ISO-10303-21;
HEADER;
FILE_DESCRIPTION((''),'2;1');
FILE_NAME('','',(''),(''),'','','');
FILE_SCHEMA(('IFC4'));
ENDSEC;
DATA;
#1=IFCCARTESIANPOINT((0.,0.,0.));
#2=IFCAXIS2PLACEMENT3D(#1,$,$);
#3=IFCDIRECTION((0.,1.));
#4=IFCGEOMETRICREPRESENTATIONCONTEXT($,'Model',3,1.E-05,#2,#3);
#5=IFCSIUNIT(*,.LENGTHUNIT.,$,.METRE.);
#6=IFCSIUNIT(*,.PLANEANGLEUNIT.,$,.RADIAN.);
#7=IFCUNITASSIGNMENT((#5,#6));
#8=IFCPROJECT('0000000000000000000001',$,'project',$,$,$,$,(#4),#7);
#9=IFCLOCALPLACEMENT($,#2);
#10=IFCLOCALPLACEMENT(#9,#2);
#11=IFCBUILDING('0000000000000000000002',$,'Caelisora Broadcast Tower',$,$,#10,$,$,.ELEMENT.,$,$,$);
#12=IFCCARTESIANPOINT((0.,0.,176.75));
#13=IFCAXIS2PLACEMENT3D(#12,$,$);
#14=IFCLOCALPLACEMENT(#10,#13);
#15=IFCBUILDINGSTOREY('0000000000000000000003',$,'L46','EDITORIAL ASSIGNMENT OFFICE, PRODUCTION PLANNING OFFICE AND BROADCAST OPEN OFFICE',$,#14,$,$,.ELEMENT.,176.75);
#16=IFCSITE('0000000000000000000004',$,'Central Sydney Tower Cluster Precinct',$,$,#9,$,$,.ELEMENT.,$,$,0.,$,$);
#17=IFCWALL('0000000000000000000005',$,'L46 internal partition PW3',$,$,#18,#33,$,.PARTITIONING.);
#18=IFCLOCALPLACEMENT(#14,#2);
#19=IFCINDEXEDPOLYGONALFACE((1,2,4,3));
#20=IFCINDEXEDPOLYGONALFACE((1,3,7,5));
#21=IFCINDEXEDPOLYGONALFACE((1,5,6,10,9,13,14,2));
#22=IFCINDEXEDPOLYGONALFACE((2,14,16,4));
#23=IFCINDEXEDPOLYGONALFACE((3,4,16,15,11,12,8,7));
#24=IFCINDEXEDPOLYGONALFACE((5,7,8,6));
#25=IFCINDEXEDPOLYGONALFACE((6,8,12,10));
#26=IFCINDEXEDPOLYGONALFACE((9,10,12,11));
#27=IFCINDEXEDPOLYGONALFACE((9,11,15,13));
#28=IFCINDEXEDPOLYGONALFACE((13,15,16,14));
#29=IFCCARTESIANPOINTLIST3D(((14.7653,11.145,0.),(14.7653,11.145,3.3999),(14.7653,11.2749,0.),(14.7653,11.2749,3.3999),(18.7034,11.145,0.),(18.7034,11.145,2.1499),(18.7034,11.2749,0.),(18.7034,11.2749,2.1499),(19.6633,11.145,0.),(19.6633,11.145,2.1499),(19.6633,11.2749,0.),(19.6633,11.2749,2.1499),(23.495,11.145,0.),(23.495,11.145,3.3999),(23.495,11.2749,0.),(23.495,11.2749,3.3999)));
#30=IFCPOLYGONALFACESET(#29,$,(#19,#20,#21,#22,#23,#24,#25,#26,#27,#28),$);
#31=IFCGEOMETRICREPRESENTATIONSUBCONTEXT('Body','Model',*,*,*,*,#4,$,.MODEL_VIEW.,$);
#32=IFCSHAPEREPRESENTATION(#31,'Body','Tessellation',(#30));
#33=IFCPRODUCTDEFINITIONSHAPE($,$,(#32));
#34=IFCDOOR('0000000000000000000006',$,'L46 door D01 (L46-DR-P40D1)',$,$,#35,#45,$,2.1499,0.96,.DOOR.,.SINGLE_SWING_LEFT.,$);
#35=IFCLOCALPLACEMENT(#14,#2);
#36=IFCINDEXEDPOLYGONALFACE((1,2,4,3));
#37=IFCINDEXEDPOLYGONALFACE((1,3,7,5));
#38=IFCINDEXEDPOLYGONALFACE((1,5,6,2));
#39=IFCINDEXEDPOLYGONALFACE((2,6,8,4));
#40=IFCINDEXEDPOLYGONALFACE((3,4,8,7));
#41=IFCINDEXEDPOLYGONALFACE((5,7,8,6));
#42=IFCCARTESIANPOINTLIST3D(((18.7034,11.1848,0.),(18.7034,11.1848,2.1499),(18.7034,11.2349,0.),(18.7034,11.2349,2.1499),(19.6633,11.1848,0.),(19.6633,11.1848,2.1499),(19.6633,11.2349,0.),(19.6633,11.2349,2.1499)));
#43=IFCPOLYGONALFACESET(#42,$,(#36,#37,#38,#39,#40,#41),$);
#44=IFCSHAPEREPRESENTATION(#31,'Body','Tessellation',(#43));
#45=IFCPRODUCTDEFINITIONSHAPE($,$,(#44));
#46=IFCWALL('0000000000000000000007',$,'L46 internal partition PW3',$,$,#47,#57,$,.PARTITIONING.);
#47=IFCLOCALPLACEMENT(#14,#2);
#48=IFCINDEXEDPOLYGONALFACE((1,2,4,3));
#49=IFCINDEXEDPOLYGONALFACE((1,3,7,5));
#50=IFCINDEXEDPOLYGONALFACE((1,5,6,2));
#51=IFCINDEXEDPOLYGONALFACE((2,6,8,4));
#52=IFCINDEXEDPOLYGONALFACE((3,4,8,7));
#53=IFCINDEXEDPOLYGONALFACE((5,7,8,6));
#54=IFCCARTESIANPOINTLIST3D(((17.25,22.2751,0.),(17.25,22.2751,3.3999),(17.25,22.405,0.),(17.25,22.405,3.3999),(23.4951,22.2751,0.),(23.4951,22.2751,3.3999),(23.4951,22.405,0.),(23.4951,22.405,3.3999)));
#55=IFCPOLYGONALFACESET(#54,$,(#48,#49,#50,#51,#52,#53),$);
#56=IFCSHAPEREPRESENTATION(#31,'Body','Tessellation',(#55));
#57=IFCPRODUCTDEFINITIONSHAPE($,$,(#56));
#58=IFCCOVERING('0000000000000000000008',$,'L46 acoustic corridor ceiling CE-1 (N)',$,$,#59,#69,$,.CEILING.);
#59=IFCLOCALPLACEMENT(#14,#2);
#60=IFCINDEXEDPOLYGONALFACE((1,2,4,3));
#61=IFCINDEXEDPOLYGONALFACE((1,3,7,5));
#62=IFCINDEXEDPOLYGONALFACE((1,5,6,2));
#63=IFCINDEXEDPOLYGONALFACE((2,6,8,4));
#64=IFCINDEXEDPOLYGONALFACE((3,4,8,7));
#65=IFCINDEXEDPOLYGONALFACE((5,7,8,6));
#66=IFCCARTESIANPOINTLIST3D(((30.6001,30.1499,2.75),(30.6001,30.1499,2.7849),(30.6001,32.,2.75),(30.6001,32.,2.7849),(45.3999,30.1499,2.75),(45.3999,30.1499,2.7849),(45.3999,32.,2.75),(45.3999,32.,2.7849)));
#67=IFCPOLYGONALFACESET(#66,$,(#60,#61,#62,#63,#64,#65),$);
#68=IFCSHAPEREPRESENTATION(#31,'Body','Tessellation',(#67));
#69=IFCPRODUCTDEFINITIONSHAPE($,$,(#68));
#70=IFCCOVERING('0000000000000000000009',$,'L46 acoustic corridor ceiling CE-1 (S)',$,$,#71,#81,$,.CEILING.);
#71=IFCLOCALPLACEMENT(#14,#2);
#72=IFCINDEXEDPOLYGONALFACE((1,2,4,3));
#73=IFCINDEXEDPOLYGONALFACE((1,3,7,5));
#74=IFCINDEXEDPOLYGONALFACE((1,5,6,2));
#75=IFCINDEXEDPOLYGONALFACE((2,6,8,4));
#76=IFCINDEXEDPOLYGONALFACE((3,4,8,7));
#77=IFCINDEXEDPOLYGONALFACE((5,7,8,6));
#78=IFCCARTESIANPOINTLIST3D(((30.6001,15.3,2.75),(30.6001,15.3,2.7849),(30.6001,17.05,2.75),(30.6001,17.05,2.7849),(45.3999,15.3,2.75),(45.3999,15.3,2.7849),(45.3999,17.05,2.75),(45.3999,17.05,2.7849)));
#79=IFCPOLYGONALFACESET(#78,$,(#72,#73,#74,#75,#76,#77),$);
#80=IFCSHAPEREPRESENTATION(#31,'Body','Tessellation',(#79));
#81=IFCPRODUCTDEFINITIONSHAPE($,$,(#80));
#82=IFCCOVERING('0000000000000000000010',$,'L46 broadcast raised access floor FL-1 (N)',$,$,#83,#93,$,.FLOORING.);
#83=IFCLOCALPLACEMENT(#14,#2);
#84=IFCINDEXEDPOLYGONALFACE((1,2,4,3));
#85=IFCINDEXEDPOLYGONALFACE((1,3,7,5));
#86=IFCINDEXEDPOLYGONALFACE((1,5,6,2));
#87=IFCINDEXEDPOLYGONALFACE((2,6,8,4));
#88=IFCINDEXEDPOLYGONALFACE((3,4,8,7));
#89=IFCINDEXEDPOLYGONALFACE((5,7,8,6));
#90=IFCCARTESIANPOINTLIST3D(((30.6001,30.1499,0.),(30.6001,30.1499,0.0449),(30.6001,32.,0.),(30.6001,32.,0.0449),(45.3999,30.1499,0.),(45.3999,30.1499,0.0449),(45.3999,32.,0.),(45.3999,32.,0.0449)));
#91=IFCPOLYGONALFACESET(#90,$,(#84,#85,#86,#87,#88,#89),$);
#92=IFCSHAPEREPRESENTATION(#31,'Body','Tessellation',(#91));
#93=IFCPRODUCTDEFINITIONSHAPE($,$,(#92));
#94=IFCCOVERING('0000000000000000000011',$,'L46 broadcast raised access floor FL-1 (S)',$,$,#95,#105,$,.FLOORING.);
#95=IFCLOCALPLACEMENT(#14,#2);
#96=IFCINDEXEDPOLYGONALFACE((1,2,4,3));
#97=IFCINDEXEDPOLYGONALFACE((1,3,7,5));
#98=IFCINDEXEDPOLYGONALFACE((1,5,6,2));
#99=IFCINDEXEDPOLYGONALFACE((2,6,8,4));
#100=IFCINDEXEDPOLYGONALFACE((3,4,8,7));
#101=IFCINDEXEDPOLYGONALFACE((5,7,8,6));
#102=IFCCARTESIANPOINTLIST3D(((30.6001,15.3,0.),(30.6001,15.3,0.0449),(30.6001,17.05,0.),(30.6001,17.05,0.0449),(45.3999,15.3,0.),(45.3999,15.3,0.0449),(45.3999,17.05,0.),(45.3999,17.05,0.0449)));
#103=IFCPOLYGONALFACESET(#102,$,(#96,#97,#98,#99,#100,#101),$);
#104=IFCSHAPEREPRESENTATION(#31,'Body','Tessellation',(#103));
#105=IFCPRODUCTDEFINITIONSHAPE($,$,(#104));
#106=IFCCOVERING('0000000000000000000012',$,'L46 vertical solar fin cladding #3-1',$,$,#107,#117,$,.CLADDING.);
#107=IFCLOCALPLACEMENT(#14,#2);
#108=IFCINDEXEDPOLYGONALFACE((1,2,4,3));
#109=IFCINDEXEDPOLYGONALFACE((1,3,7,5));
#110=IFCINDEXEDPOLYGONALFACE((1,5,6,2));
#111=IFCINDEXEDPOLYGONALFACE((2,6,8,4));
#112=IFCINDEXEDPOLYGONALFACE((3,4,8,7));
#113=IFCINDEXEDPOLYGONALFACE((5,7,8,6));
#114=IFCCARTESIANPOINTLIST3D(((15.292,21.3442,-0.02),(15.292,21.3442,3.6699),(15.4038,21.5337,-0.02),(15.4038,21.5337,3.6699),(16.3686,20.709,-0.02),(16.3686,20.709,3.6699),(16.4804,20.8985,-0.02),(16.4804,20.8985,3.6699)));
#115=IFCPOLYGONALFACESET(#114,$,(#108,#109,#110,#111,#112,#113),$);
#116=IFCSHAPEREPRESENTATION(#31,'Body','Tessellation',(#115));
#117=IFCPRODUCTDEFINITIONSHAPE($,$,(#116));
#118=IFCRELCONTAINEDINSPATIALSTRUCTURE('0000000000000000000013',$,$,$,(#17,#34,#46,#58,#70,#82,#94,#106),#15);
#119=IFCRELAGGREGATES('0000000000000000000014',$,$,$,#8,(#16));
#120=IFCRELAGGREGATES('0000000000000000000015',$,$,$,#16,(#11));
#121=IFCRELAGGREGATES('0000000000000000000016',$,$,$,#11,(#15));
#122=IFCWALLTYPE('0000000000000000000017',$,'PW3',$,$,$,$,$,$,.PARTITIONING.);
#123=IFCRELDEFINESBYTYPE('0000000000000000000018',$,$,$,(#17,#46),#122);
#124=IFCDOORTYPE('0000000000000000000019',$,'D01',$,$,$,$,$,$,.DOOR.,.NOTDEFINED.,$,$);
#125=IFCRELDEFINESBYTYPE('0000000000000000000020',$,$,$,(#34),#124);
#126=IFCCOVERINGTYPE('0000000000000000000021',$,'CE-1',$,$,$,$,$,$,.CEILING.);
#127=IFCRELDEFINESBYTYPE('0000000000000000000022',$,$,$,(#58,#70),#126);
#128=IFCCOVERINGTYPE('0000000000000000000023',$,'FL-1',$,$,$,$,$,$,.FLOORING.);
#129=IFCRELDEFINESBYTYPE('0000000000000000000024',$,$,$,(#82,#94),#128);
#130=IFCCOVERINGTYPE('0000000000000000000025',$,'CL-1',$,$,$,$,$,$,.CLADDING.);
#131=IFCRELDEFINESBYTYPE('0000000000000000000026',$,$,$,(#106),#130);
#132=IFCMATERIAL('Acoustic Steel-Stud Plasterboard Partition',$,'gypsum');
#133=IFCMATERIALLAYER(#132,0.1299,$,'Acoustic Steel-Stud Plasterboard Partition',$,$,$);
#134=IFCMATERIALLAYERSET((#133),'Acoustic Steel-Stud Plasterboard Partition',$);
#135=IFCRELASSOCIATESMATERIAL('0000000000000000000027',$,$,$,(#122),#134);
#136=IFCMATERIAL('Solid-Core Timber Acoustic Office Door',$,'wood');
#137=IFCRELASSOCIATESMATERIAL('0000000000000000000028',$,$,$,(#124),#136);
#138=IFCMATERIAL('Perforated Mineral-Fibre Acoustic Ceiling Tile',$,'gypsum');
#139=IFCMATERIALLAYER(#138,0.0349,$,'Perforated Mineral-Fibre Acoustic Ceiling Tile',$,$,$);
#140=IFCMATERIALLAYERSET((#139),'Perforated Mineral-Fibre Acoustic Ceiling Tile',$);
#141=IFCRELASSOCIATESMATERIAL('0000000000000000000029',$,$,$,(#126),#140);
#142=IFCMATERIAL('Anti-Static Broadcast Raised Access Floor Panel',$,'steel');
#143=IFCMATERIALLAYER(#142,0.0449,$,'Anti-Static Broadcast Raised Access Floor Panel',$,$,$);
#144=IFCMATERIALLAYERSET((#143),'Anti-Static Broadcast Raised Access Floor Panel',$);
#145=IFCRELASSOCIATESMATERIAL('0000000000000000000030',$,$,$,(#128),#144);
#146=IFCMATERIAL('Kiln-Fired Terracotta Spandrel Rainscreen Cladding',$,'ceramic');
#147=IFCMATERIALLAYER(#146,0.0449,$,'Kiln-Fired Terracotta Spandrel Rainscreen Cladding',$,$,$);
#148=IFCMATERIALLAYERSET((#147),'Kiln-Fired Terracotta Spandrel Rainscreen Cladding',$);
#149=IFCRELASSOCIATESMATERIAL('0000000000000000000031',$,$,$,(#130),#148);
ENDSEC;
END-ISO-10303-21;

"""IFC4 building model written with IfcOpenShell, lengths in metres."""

from ifc_helpers import new_model, si_unit, direction, frame, frame_2d, origin, origin_2d, place, context, subcontext, project, spatial, polyline, rectangle, outline, extrude, source, transform, mapped, material, layer, layer_set, type_object, type_shapes, element, fill, save


model = new_model("IFC4")

# Units and contexts
model_context = context("Model", 3, precision=1e-05, world=origin(), true_north=direction((0.0, 1.0)))
body_context = subcontext(model_context, "Body", "Model", "MODEL_VIEW")
ifc_project = project(units=[si_unit("LENGTHUNIT", "METRE"), si_unit("PLANEANGLEUNIT", "RADIAN")], contexts=[model_context])

# Site, building, storey
site_placement = place(None, origin())
site = spatial("IfcSite", under=ifc_project, at=site_placement, Name="Central Sydney Tower Cluster Precinct", CompositionType="ELEMENT", RefElevation=0.0)
building_placement = place(site_placement, origin())
building = spatial("IfcBuilding", under=site, at=building_placement, Name="Caelisora Broadcast Tower", CompositionType="ELEMENT")
storey_placement = place(building_placement, frame((0.0, 0.0, 176.75)))
storey = spatial("IfcBuildingStorey", under=building, at=storey_placement, Name="L46", Description="EDITORIAL ASSIGNMENT OFFICE, PRODUCTION PLANNING OFFICE AND BROADCAST OPEN OFFICE", CompositionType="ELEMENT", Elevation=176.75)

# Shared definitions
ifc_material_1 = material(Name="Acoustic Steel-Stud Plasterboard Partition", Category="gypsum")
ifc_layer_1 = layer(ifc_material_1, 0.1299, Name="Acoustic Steel-Stud Plasterboard Partition")
ifc_layer_set_1 = layer_set([ifc_layer_1], Name="Acoustic Steel-Stud Plasterboard Partition")
wall_type_1 = type_object("IfcWallType", Name="PW3", PredefinedType="PARTITIONING", material=ifc_layer_set_1)

# Wall, opening, door
wall_1_placement = place(storey_placement, frame((14.7654, 11.21, 0.0), z_axis=(0.0, 0.0, 1.0), x_axis=(1.0, 0.0, 0.0)))
wall_1 = element("IfcWall", 1, at=wall_1_placement, inside=storey, type_object=wall_type_1, Name="L46 internal partition PW3", PredefinedType="PARTITIONING", context=body_context, shape_type="SweptSolid", body=[
    extrude(rectangle(XDim=8.7297, YDim=0.1299, at=frame_2d((4.3647, 0.0))), origin(), (0.0, 0.0, 1.0), 3.3999),
])
opening_1_placement = place(wall_1_placement, frame((3.938, 0.0, 0.0)))
opening_1 = element("IfcOpeningElement", 2, at=opening_1_placement, cuts=wall_1, PredefinedType="OPENING", context=body_context, shape_type="SweptSolid", body=[
    extrude(rectangle(XDim=0.96, YDim=2.1499, at=frame_2d((0.48, 1.075))), frame((0.0, 0.0769, 0.0), z_axis=(0.0, -1.0, 0.0), x_axis=(1.0, 0.0, 0.0)), (0.0, 0.0, 1.0), 0.1538),
])
ifc_material_2 = material(Name="Solid-Core Timber Acoustic Office Door", Category="wood")
door_type = type_object("IfcDoorType", Name="D01", OperationType="NOTDEFINED", PredefinedType="DOOR", material=ifc_material_2)
door_placement = place(opening_1_placement, origin())
door = element("IfcDoor", 3, at=door_placement, inside=storey, type_object=door_type, Name="L46 door D01 (L46-DR-P40D1)", OperationType="SINGLE_SWING_LEFT", OverallHeight=2.1499, OverallWidth=0.96, PredefinedType="DOOR", context=body_context, shape_type="SweptSolid", body=[
    extrude(rectangle(XDim=0.96, YDim=2.1499, at=frame_2d((0.48, 1.075))), frame((0.0, 0.0249, 0.0), z_axis=(0.0, -1.0, 0.0), x_axis=(1.0, 0.0, 0.0)), (0.0, 0.0, 1.0), 0.05),
])
fill(opening_1, door)

# Wall
wall_2_placement = place(storey_placement, frame((17.25, 22.3401, 0.0), z_axis=(0.0, 0.0, 1.0), x_axis=(1.0, 0.0, 0.0)))
element("IfcWall", 4, at=wall_2_placement, inside=storey, type_object=wall_type_1, Name="L46 internal partition PW3", PredefinedType="PARTITIONING", context=body_context, shape_type="SweptSolid", body=[
    extrude(rectangle(XDim=6.2451, YDim=0.1299, at=frame_2d((3.1226, 0.0))), origin(), (0.0, 0.0, 1.0), 3.3999),
])

# Coverings
ifc_material_3 = material(Name="Perforated Mineral-Fibre Acoustic Ceiling Tile", Category="gypsum")
ifc_layer_2 = layer(ifc_material_3, 0.0349, Name="Perforated Mineral-Fibre Acoustic Ceiling Tile")
ifc_layer_set_2 = layer_set([ifc_layer_2], Name="Perforated Mineral-Fibre Acoustic Ceiling Tile")
covering_type_1 = type_object("IfcCoveringType", Name="CE-1", PredefinedType="CEILING", material=ifc_layer_set_2)
covering_1_placement = place(storey_placement, frame((0.0, 0.0, 2.75)))
element("IfcCovering", 5, at=covering_1_placement, inside=storey, type_object=covering_type_1, Name="L46 acoustic corridor ceiling CE-1 (N)", PredefinedType="CEILING", context=body_context, shape_type="SweptSolid", body=[
    extrude(outline(polyline([(30.6001, 30.1499), (45.3999, 30.1499), (45.3999, 32.0), (30.6001, 32.0), (30.6001, 30.1499)])), origin(), (0.0, 0.0, 1.0), 0.0349),
])
covering_2_placement = place(storey_placement, frame((0.0, 0.0, 2.75)))
element("IfcCovering", 6, at=covering_2_placement, inside=storey, type_object=covering_type_1, Name="L46 acoustic corridor ceiling CE-1 (S)", PredefinedType="CEILING", context=body_context, shape_type="SweptSolid", body=[
    extrude(outline(polyline([(30.6001, 15.3), (45.3999, 15.3), (45.3999, 17.05), (30.6001, 17.05), (30.6001, 15.3)])), origin(), (0.0, 0.0, 1.0), 0.0349),
])
ifc_material_4 = material(Name="Anti-Static Broadcast Raised Access Floor Panel", Category="steel")
ifc_layer_3 = layer(ifc_material_4, 0.0449, Name="Anti-Static Broadcast Raised Access Floor Panel")
ifc_layer_set_3 = layer_set([ifc_layer_3], Name="Anti-Static Broadcast Raised Access Floor Panel")
covering_type_2 = type_object("IfcCoveringType", Name="FL-1", PredefinedType="FLOORING", material=ifc_layer_set_3)
covering_3_placement = place(storey_placement, origin())
element("IfcCovering", 7, at=covering_3_placement, inside=storey, type_object=covering_type_2, Name="L46 broadcast raised access floor FL-1 (N)", PredefinedType="FLOORING", context=body_context, shape_type="SweptSolid", body=[
    extrude(outline(polyline([(30.6001, 30.1499), (45.3999, 30.1499), (45.3999, 32.0), (30.6001, 32.0), (30.6001, 30.1499)])), origin(), (0.0, 0.0, 1.0), 0.0449),
])
covering_4_placement = place(storey_placement, origin())
element("IfcCovering", 8, at=covering_4_placement, inside=storey, type_object=covering_type_2, Name="L46 broadcast raised access floor FL-1 (S)", PredefinedType="FLOORING", context=body_context, shape_type="SweptSolid", body=[
    extrude(outline(polyline([(30.6001, 15.3), (45.3999, 15.3), (45.3999, 17.05), (30.6001, 17.05), (30.6001, 15.3)])), origin(), (0.0, 0.0, 1.0), 0.0449),
])
ifc_material_5 = material(Name="Kiln-Fired Terracotta Spandrel Rainscreen Cladding", Category="ceramic")
ifc_layer_4 = layer(ifc_material_5, 0.0449, Name="Kiln-Fired Terracotta Spandrel Rainscreen Cladding")
ifc_layer_set_4 = layer_set([ifc_layer_4], Name="Kiln-Fired Terracotta Spandrel Rainscreen Cladding")
covering_type_3 = type_object("IfcCoveringType", Name="CL-1", PredefinedType="CLADDING", material=ifc_layer_set_4)
shared_shape_1 = source(origin(), body_context, "Body", "SweptSolid", [
    extrude(rectangle(XDim=0.22, YDim=1.25, at=origin_2d()), origin(), (0.0, 0.0, 1.0), 3.6899),
])
type_shapes(covering_type_3, [shared_shape_1])
covering_5_placement = place(storey_placement, frame((15.8862, 21.1213, -0.02), z_axis=(0.0, 0.0, 1.0), x_axis=(0.50814, 0.861275, 0.0)))
element("IfcCovering", 9, at=covering_5_placement, inside=storey, type_object=covering_type_3, Name="L46 vertical solar fin cladding #3-1", PredefinedType="CLADDING", context=body_context, shape_type="MappedRepresentation", body=[
    mapped(shared_shape_1, transform((0.0, 0.0, 0.0), scale=1.0)),
])

save(model, "model.ifc")
